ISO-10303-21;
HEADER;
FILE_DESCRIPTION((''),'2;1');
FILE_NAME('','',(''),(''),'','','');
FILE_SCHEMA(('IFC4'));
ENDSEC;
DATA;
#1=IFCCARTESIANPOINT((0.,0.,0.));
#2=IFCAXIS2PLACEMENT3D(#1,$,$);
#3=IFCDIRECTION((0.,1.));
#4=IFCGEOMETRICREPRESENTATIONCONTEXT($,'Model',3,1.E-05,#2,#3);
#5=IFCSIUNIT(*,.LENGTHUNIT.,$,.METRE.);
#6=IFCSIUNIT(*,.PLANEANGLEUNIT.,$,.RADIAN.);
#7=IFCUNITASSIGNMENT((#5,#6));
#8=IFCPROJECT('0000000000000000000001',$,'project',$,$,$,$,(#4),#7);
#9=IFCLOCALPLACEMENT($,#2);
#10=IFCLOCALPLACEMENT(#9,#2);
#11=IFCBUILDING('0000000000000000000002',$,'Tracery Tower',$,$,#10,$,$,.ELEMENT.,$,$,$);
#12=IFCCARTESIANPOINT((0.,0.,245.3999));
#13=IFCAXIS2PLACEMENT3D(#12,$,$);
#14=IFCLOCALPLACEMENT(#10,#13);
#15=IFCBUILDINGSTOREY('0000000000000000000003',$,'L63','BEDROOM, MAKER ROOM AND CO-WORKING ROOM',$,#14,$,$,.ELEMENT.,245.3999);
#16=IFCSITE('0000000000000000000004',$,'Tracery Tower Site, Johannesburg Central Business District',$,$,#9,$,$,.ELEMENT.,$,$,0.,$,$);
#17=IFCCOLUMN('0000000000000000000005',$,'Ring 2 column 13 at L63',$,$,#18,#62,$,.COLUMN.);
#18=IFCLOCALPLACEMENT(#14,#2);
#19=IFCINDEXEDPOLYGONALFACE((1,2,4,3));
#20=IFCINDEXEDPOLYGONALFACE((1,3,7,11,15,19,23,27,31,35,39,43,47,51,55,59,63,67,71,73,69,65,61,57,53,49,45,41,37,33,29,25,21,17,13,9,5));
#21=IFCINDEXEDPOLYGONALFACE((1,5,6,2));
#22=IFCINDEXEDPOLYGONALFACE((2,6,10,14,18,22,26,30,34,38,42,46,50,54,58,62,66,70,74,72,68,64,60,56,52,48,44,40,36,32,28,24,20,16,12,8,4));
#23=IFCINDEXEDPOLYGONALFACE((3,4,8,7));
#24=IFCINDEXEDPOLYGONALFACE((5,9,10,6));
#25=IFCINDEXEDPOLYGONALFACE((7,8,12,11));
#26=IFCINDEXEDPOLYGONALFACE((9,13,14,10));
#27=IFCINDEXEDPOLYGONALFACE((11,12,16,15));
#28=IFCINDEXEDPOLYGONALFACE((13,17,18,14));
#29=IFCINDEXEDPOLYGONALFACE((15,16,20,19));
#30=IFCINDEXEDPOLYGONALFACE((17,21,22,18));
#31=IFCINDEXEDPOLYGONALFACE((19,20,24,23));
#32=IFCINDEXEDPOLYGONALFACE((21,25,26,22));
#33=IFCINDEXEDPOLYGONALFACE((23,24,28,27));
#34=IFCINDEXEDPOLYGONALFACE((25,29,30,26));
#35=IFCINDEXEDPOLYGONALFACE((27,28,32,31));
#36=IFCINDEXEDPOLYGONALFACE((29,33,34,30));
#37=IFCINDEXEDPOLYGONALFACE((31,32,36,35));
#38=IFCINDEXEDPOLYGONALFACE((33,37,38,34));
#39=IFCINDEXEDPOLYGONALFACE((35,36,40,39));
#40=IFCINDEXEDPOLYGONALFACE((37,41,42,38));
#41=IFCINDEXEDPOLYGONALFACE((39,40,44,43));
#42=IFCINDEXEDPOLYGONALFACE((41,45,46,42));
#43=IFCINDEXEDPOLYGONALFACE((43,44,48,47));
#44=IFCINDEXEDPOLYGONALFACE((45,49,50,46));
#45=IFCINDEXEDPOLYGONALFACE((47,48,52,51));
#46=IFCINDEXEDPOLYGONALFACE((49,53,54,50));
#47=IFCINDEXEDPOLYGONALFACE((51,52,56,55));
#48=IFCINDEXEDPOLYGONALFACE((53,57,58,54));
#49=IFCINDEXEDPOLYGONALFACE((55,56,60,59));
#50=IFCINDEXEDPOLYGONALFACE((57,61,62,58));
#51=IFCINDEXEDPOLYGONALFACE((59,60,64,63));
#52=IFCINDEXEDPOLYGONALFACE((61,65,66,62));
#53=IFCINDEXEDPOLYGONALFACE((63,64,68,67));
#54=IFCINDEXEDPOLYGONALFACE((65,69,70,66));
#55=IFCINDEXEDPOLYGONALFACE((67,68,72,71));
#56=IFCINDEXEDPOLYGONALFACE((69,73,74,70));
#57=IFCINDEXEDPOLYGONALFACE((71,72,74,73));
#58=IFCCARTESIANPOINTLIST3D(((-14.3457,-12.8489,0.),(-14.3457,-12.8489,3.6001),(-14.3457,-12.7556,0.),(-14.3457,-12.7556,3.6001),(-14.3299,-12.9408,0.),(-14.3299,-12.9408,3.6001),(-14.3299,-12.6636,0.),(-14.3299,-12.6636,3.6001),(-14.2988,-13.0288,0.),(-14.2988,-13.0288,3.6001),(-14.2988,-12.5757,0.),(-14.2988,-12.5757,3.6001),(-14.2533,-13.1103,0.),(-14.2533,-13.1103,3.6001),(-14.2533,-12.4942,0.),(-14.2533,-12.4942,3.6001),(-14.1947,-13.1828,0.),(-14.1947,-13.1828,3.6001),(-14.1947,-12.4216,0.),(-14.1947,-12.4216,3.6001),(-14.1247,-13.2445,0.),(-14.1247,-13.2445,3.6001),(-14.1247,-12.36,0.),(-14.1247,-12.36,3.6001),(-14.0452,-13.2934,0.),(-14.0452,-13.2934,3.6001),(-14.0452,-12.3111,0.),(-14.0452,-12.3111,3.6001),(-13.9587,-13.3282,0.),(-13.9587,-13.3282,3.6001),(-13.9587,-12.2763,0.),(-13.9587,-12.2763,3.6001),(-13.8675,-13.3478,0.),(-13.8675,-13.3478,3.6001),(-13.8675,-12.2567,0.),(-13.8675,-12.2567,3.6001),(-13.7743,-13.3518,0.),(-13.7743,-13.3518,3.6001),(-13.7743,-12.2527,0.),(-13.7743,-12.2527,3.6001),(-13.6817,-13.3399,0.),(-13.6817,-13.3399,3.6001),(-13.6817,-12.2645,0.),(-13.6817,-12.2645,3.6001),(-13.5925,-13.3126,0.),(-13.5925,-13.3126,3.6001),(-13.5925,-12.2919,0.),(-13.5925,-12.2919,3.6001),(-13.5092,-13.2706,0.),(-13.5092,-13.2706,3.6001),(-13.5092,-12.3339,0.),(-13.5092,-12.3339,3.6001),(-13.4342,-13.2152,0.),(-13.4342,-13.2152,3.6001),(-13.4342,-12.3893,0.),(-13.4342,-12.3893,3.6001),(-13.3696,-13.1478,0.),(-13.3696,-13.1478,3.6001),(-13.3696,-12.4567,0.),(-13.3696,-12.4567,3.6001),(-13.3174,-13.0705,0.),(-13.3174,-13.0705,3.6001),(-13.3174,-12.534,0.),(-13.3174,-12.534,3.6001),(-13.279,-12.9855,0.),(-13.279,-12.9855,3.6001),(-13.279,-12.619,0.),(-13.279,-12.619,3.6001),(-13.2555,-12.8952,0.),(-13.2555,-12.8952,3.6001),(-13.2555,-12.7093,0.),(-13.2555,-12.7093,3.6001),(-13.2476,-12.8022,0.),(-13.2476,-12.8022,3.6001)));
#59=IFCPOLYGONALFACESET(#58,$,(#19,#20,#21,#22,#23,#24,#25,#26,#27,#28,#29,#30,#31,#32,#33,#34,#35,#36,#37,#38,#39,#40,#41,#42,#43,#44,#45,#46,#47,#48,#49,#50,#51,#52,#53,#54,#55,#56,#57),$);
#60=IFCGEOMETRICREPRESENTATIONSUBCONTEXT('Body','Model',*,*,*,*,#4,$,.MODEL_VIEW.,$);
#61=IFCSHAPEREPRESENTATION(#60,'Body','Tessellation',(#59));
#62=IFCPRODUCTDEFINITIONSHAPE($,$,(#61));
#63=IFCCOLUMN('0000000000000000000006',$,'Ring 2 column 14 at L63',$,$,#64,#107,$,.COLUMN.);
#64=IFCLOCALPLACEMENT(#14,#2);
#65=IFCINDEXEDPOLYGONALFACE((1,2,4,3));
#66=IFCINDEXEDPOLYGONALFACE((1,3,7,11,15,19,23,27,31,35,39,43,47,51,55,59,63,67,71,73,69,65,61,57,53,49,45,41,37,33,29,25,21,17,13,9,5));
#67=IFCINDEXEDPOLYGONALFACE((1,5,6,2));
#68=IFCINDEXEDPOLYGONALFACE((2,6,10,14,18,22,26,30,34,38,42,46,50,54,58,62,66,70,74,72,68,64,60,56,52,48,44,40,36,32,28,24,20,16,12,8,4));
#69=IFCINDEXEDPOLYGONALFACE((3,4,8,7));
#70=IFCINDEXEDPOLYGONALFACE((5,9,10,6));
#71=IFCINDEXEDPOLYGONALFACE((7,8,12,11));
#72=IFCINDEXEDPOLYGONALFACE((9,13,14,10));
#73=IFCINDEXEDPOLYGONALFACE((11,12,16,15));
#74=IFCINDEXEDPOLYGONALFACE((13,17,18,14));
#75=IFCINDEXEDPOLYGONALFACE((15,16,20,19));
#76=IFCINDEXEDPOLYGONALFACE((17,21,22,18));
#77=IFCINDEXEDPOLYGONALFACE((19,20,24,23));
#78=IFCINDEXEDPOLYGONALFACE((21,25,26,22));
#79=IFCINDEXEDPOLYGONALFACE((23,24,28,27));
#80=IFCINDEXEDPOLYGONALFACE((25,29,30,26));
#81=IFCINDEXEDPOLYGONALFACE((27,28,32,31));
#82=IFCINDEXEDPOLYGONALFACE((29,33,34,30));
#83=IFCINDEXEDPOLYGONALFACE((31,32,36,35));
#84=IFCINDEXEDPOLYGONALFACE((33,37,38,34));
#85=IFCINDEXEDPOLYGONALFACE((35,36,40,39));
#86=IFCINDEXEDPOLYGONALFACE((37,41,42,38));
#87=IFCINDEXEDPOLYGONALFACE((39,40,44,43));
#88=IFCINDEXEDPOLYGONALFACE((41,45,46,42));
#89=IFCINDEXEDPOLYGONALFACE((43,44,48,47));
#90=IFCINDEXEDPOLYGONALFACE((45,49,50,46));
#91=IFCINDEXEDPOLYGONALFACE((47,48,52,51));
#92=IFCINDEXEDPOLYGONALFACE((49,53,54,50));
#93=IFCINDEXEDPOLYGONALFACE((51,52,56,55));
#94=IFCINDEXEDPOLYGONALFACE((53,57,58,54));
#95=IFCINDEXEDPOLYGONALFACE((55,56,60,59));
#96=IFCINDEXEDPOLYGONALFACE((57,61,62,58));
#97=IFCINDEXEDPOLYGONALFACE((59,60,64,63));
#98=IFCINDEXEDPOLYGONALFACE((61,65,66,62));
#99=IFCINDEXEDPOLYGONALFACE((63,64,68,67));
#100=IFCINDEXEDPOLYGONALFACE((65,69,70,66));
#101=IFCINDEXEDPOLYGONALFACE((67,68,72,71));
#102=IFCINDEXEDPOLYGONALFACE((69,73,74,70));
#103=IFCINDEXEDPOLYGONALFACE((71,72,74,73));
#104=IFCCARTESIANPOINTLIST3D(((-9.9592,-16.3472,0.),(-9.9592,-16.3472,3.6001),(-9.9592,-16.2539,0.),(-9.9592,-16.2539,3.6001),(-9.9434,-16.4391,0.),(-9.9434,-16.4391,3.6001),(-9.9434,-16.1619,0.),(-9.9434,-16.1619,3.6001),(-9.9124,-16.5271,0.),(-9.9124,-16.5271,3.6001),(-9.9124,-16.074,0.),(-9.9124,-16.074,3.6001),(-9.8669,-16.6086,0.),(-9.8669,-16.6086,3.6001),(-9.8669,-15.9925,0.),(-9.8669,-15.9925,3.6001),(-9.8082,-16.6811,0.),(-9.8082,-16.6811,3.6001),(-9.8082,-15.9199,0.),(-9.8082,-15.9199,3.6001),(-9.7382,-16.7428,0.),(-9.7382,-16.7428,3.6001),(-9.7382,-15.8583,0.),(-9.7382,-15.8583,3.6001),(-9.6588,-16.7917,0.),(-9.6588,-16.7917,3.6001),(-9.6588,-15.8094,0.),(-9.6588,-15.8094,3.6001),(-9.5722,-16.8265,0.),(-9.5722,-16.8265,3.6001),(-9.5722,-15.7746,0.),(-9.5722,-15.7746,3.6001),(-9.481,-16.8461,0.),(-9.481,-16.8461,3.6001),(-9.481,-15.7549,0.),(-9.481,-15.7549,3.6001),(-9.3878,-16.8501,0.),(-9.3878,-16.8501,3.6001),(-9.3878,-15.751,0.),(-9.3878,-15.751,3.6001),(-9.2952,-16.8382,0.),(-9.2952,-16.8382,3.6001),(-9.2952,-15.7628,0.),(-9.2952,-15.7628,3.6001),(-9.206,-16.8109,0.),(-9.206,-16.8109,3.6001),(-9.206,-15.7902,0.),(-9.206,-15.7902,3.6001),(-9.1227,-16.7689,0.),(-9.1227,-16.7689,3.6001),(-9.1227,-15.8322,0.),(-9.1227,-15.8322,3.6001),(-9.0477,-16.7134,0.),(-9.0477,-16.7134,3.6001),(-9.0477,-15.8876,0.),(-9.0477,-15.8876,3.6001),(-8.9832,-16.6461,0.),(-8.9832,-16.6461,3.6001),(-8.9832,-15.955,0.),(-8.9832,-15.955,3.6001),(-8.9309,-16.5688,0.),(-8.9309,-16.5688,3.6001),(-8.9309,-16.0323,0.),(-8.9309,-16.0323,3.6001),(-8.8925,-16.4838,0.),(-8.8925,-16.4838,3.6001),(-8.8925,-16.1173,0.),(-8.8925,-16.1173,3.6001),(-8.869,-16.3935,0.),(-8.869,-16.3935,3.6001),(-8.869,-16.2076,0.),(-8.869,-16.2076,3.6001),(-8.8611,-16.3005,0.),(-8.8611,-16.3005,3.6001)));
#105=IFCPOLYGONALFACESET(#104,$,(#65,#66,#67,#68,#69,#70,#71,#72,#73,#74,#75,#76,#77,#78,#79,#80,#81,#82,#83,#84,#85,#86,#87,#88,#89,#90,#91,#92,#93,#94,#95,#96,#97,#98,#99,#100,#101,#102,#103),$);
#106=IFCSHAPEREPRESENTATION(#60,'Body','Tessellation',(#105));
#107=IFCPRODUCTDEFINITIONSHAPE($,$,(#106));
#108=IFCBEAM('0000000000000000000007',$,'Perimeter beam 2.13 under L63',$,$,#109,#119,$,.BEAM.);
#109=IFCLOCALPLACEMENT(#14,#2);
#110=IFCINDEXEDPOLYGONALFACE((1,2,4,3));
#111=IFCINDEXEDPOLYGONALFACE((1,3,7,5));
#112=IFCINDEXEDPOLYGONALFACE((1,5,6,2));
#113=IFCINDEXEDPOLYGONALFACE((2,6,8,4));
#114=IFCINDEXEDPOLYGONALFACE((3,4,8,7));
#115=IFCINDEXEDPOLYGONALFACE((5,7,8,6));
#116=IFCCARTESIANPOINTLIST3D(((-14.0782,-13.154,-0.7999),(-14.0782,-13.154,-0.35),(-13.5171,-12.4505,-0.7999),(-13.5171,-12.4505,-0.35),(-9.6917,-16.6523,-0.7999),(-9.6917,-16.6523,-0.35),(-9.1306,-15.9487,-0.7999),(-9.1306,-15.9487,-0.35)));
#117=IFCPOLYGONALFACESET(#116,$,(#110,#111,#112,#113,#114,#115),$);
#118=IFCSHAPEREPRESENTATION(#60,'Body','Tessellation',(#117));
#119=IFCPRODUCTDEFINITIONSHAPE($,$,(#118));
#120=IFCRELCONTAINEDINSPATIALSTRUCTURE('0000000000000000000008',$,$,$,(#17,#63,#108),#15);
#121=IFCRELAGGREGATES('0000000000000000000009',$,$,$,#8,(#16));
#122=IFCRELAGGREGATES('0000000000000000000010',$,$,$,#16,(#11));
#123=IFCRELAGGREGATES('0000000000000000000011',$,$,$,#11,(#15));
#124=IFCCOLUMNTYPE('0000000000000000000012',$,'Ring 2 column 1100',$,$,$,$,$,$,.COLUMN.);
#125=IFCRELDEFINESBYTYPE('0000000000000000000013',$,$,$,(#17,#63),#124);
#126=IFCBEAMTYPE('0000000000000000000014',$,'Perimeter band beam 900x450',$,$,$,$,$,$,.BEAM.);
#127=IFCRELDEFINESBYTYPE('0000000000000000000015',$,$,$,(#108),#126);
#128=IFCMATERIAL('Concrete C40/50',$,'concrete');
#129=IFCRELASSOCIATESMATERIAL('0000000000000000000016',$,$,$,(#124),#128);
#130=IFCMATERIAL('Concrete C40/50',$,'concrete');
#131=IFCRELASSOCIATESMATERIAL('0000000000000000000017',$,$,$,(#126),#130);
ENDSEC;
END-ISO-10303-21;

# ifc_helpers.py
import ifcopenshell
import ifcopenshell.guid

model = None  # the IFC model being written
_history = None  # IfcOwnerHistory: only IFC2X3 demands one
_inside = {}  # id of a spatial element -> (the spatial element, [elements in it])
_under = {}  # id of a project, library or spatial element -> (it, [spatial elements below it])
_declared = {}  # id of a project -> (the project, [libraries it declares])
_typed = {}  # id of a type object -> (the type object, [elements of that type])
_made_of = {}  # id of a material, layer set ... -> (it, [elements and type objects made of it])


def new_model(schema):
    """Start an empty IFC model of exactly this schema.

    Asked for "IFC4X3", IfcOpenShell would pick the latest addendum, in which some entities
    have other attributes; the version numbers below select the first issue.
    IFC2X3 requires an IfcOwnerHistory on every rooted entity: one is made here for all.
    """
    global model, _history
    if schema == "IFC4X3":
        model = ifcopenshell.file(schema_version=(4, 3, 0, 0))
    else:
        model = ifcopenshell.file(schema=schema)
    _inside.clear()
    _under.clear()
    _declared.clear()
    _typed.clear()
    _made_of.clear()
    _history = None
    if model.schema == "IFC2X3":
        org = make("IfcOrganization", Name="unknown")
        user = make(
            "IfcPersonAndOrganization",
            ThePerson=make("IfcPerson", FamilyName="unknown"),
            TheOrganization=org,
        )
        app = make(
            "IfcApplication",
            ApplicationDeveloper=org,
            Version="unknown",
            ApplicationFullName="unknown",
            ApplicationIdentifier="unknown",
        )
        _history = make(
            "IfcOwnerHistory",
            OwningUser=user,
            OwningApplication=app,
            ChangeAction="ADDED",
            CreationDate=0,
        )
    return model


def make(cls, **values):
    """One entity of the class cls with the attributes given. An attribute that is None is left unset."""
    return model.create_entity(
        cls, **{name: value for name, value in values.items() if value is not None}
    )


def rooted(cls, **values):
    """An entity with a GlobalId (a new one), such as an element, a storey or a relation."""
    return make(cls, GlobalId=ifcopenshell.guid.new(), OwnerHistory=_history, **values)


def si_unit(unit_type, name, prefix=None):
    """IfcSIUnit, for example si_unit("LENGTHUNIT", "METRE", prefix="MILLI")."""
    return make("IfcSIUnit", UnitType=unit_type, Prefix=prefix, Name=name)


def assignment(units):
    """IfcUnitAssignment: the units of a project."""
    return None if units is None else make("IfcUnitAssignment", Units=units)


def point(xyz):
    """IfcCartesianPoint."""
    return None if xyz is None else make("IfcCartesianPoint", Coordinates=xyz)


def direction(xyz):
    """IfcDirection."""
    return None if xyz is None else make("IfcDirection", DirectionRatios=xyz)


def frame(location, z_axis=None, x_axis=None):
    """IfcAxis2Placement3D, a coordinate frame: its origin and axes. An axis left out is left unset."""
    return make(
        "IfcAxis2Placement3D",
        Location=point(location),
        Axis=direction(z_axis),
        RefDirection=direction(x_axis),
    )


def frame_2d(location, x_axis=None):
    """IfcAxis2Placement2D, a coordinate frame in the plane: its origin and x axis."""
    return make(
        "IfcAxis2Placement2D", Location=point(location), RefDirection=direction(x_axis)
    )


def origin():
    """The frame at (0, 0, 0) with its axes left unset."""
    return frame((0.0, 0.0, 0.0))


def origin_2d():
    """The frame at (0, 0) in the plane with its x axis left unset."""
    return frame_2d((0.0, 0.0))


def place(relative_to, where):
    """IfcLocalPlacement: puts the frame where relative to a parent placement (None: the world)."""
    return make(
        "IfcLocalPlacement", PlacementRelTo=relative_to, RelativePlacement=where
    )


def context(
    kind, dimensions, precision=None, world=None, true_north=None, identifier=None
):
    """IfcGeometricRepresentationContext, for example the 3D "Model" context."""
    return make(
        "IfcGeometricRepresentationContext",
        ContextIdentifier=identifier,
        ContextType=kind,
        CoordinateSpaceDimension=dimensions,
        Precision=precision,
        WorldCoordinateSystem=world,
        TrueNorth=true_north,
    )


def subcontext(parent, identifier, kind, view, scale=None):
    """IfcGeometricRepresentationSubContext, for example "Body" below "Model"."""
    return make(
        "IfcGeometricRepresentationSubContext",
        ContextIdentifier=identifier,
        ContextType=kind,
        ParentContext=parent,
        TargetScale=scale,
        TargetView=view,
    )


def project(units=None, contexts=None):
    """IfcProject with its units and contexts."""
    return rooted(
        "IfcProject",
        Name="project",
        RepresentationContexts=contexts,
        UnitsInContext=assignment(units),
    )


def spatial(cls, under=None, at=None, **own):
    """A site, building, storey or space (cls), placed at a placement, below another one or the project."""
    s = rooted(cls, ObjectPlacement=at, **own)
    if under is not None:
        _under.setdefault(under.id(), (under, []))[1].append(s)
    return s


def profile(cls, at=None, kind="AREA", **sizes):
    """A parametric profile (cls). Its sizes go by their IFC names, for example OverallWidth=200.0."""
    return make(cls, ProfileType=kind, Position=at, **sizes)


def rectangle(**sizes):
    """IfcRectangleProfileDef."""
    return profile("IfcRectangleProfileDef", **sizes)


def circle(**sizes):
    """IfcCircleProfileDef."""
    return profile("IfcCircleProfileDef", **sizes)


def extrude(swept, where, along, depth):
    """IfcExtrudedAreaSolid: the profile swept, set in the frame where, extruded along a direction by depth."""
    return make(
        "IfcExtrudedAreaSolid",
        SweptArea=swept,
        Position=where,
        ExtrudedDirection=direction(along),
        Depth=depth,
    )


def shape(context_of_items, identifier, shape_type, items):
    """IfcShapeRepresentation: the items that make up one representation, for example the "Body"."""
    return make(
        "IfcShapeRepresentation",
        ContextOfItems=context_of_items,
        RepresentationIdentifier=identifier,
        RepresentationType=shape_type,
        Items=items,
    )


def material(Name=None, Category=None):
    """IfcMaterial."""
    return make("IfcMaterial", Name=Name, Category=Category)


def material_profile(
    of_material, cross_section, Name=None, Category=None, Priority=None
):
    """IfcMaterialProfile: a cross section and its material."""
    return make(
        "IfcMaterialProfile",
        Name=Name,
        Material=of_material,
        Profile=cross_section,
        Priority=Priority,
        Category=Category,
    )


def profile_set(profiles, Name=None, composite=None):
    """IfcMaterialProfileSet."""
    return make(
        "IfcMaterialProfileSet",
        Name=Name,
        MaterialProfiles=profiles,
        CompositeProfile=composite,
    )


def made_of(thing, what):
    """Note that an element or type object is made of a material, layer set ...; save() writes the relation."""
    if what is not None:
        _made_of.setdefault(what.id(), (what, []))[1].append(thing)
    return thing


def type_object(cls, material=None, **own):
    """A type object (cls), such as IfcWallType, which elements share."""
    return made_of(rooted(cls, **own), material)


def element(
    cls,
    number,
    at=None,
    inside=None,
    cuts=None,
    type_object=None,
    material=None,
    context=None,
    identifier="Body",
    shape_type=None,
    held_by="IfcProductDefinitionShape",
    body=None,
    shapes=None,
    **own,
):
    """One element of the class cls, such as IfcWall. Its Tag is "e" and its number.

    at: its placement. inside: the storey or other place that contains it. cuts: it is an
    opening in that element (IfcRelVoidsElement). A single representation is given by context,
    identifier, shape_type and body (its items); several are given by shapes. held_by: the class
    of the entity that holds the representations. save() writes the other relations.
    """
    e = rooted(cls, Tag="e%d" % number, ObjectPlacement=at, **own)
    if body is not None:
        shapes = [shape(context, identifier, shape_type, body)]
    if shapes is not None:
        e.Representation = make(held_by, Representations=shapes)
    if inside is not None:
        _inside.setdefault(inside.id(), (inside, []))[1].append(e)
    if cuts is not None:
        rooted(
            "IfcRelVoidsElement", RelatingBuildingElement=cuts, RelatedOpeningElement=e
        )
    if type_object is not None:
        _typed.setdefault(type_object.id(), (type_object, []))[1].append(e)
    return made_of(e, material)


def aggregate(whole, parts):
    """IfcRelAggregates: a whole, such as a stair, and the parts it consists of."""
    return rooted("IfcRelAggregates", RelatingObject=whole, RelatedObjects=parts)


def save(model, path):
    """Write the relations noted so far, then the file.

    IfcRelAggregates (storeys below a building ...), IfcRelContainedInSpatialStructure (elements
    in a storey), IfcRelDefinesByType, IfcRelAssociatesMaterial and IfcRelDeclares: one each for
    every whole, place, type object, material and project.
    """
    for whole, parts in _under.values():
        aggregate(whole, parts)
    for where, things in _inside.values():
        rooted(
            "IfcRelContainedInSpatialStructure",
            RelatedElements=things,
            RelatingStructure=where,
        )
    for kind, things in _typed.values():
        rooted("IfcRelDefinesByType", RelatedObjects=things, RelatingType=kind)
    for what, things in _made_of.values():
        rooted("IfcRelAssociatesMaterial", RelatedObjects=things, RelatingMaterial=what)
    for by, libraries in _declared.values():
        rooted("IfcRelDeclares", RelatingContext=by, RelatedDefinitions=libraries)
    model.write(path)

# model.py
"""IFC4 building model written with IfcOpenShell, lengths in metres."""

from ifc_helpers import new_model, si_unit, direction, frame, origin, origin_2d, place, context, subcontext, project, spatial, rectangle, circle, extrude, material, material_profile, profile_set, type_object, element, save


model = new_model("IFC4")

# Units and contexts
model_context = context("Model", 3, precision=1e-05, world=origin(), true_north=direction((0.0, 1.0)))
body_context = subcontext(model_context, "Body", "Model", "MODEL_VIEW")
ifc_project = project(units=[si_unit("LENGTHUNIT", "METRE"), si_unit("PLANEANGLEUNIT", "RADIAN")], contexts=[model_context])

# Site, building, storey
site_placement = place(None, origin())
site = spatial("IfcSite", under=ifc_project, at=site_placement, Name="Tracery Tower Site, Johannesburg Central Business District", CompositionType="ELEMENT", RefElevation=0.0)
building_placement = place(site_placement, origin())
building = spatial("IfcBuilding", under=site, at=building_placement, Name="Tracery Tower", CompositionType="ELEMENT")
storey_placement = place(building_placement, frame((0.0, 0.0, 245.3999)))
storey = spatial("IfcBuildingStorey", under=building, at=storey_placement, Name="L63", Description="BEDROOM, MAKER ROOM AND CO-WORKING ROOM", CompositionType="ELEMENT", Elevation=245.3999)

# Columns
ifc_material_1 = material(Name="Concrete C40/50", Category="concrete")
ifc_material_profile_1 = material_profile(ifc_material_1, circle(Radius=0.55, at=origin_2d()), Name="RC D1100")
ifc_profile_set_1 = profile_set([ifc_material_profile_1], Name="Concrete C40/50")
column_type = type_object("IfcColumnType", Name="Ring 2 column 1100", PredefinedType="COLUMN", material=ifc_profile_set_1)
for number, where, z_axis, x_axis, name in (
    (1, (-13.7976, -12.8022, 0.0), (0.0, 0.0, 1.0), (1.0, 0.0, 0.0), "Ring 2 column 13 at L63"),
    (2, (-9.4111, -16.3005, 0.0), (0.0, 0.0, 1.0), (1.0, 0.0, 0.0), "Ring 2 column 14 at L63"),
):
    element("IfcColumn", number, at=place(storey_placement, frame(where, z_axis=z_axis, x_axis=x_axis)), inside=storey, type_object=column_type, Name=name, PredefinedType="COLUMN", context=body_context, shape_type="SweptSolid", body=[
        extrude(circle(Radius=0.55, at=origin_2d()), origin(), (0.0, 0.0, 1.0), 3.6001),
    ])

# Beam
ifc_material_2 = material(Name="Concrete C40/50", Category="concrete")
ifc_material_profile_2 = material_profile(ifc_material_2, rectangle(XDim=0.8999, YDim=0.45, at=origin_2d()), Name="RC 900x450")
ifc_profile_set_2 = profile_set([ifc_material_profile_2], Name="Concrete C40/50")
beam_type = type_object("IfcBeamType", Name="Perimeter band beam 900x450", PredefinedType="BEAM", material=ifc_profile_set_2)
beam_placement = place(storey_placement, frame((-13.7976, -12.8022, -0.575), z_axis=(0.781815, -0.623511, 0.0), x_axis=(0.623511, 0.781815, 0.0)))
element("IfcBeam", 3, at=beam_placement, inside=storey, type_object=beam_type, Name="Perimeter beam 2.13 under L63", PredefinedType="BEAM", context=body_context, shape_type="SweptSolid", body=[
    extrude(rectangle(XDim=0.8999, YDim=0.45, at=origin_2d()), origin(), (0.0, 0.0, 1.0), 5.6106),
])

save(model, "model.ifc")
